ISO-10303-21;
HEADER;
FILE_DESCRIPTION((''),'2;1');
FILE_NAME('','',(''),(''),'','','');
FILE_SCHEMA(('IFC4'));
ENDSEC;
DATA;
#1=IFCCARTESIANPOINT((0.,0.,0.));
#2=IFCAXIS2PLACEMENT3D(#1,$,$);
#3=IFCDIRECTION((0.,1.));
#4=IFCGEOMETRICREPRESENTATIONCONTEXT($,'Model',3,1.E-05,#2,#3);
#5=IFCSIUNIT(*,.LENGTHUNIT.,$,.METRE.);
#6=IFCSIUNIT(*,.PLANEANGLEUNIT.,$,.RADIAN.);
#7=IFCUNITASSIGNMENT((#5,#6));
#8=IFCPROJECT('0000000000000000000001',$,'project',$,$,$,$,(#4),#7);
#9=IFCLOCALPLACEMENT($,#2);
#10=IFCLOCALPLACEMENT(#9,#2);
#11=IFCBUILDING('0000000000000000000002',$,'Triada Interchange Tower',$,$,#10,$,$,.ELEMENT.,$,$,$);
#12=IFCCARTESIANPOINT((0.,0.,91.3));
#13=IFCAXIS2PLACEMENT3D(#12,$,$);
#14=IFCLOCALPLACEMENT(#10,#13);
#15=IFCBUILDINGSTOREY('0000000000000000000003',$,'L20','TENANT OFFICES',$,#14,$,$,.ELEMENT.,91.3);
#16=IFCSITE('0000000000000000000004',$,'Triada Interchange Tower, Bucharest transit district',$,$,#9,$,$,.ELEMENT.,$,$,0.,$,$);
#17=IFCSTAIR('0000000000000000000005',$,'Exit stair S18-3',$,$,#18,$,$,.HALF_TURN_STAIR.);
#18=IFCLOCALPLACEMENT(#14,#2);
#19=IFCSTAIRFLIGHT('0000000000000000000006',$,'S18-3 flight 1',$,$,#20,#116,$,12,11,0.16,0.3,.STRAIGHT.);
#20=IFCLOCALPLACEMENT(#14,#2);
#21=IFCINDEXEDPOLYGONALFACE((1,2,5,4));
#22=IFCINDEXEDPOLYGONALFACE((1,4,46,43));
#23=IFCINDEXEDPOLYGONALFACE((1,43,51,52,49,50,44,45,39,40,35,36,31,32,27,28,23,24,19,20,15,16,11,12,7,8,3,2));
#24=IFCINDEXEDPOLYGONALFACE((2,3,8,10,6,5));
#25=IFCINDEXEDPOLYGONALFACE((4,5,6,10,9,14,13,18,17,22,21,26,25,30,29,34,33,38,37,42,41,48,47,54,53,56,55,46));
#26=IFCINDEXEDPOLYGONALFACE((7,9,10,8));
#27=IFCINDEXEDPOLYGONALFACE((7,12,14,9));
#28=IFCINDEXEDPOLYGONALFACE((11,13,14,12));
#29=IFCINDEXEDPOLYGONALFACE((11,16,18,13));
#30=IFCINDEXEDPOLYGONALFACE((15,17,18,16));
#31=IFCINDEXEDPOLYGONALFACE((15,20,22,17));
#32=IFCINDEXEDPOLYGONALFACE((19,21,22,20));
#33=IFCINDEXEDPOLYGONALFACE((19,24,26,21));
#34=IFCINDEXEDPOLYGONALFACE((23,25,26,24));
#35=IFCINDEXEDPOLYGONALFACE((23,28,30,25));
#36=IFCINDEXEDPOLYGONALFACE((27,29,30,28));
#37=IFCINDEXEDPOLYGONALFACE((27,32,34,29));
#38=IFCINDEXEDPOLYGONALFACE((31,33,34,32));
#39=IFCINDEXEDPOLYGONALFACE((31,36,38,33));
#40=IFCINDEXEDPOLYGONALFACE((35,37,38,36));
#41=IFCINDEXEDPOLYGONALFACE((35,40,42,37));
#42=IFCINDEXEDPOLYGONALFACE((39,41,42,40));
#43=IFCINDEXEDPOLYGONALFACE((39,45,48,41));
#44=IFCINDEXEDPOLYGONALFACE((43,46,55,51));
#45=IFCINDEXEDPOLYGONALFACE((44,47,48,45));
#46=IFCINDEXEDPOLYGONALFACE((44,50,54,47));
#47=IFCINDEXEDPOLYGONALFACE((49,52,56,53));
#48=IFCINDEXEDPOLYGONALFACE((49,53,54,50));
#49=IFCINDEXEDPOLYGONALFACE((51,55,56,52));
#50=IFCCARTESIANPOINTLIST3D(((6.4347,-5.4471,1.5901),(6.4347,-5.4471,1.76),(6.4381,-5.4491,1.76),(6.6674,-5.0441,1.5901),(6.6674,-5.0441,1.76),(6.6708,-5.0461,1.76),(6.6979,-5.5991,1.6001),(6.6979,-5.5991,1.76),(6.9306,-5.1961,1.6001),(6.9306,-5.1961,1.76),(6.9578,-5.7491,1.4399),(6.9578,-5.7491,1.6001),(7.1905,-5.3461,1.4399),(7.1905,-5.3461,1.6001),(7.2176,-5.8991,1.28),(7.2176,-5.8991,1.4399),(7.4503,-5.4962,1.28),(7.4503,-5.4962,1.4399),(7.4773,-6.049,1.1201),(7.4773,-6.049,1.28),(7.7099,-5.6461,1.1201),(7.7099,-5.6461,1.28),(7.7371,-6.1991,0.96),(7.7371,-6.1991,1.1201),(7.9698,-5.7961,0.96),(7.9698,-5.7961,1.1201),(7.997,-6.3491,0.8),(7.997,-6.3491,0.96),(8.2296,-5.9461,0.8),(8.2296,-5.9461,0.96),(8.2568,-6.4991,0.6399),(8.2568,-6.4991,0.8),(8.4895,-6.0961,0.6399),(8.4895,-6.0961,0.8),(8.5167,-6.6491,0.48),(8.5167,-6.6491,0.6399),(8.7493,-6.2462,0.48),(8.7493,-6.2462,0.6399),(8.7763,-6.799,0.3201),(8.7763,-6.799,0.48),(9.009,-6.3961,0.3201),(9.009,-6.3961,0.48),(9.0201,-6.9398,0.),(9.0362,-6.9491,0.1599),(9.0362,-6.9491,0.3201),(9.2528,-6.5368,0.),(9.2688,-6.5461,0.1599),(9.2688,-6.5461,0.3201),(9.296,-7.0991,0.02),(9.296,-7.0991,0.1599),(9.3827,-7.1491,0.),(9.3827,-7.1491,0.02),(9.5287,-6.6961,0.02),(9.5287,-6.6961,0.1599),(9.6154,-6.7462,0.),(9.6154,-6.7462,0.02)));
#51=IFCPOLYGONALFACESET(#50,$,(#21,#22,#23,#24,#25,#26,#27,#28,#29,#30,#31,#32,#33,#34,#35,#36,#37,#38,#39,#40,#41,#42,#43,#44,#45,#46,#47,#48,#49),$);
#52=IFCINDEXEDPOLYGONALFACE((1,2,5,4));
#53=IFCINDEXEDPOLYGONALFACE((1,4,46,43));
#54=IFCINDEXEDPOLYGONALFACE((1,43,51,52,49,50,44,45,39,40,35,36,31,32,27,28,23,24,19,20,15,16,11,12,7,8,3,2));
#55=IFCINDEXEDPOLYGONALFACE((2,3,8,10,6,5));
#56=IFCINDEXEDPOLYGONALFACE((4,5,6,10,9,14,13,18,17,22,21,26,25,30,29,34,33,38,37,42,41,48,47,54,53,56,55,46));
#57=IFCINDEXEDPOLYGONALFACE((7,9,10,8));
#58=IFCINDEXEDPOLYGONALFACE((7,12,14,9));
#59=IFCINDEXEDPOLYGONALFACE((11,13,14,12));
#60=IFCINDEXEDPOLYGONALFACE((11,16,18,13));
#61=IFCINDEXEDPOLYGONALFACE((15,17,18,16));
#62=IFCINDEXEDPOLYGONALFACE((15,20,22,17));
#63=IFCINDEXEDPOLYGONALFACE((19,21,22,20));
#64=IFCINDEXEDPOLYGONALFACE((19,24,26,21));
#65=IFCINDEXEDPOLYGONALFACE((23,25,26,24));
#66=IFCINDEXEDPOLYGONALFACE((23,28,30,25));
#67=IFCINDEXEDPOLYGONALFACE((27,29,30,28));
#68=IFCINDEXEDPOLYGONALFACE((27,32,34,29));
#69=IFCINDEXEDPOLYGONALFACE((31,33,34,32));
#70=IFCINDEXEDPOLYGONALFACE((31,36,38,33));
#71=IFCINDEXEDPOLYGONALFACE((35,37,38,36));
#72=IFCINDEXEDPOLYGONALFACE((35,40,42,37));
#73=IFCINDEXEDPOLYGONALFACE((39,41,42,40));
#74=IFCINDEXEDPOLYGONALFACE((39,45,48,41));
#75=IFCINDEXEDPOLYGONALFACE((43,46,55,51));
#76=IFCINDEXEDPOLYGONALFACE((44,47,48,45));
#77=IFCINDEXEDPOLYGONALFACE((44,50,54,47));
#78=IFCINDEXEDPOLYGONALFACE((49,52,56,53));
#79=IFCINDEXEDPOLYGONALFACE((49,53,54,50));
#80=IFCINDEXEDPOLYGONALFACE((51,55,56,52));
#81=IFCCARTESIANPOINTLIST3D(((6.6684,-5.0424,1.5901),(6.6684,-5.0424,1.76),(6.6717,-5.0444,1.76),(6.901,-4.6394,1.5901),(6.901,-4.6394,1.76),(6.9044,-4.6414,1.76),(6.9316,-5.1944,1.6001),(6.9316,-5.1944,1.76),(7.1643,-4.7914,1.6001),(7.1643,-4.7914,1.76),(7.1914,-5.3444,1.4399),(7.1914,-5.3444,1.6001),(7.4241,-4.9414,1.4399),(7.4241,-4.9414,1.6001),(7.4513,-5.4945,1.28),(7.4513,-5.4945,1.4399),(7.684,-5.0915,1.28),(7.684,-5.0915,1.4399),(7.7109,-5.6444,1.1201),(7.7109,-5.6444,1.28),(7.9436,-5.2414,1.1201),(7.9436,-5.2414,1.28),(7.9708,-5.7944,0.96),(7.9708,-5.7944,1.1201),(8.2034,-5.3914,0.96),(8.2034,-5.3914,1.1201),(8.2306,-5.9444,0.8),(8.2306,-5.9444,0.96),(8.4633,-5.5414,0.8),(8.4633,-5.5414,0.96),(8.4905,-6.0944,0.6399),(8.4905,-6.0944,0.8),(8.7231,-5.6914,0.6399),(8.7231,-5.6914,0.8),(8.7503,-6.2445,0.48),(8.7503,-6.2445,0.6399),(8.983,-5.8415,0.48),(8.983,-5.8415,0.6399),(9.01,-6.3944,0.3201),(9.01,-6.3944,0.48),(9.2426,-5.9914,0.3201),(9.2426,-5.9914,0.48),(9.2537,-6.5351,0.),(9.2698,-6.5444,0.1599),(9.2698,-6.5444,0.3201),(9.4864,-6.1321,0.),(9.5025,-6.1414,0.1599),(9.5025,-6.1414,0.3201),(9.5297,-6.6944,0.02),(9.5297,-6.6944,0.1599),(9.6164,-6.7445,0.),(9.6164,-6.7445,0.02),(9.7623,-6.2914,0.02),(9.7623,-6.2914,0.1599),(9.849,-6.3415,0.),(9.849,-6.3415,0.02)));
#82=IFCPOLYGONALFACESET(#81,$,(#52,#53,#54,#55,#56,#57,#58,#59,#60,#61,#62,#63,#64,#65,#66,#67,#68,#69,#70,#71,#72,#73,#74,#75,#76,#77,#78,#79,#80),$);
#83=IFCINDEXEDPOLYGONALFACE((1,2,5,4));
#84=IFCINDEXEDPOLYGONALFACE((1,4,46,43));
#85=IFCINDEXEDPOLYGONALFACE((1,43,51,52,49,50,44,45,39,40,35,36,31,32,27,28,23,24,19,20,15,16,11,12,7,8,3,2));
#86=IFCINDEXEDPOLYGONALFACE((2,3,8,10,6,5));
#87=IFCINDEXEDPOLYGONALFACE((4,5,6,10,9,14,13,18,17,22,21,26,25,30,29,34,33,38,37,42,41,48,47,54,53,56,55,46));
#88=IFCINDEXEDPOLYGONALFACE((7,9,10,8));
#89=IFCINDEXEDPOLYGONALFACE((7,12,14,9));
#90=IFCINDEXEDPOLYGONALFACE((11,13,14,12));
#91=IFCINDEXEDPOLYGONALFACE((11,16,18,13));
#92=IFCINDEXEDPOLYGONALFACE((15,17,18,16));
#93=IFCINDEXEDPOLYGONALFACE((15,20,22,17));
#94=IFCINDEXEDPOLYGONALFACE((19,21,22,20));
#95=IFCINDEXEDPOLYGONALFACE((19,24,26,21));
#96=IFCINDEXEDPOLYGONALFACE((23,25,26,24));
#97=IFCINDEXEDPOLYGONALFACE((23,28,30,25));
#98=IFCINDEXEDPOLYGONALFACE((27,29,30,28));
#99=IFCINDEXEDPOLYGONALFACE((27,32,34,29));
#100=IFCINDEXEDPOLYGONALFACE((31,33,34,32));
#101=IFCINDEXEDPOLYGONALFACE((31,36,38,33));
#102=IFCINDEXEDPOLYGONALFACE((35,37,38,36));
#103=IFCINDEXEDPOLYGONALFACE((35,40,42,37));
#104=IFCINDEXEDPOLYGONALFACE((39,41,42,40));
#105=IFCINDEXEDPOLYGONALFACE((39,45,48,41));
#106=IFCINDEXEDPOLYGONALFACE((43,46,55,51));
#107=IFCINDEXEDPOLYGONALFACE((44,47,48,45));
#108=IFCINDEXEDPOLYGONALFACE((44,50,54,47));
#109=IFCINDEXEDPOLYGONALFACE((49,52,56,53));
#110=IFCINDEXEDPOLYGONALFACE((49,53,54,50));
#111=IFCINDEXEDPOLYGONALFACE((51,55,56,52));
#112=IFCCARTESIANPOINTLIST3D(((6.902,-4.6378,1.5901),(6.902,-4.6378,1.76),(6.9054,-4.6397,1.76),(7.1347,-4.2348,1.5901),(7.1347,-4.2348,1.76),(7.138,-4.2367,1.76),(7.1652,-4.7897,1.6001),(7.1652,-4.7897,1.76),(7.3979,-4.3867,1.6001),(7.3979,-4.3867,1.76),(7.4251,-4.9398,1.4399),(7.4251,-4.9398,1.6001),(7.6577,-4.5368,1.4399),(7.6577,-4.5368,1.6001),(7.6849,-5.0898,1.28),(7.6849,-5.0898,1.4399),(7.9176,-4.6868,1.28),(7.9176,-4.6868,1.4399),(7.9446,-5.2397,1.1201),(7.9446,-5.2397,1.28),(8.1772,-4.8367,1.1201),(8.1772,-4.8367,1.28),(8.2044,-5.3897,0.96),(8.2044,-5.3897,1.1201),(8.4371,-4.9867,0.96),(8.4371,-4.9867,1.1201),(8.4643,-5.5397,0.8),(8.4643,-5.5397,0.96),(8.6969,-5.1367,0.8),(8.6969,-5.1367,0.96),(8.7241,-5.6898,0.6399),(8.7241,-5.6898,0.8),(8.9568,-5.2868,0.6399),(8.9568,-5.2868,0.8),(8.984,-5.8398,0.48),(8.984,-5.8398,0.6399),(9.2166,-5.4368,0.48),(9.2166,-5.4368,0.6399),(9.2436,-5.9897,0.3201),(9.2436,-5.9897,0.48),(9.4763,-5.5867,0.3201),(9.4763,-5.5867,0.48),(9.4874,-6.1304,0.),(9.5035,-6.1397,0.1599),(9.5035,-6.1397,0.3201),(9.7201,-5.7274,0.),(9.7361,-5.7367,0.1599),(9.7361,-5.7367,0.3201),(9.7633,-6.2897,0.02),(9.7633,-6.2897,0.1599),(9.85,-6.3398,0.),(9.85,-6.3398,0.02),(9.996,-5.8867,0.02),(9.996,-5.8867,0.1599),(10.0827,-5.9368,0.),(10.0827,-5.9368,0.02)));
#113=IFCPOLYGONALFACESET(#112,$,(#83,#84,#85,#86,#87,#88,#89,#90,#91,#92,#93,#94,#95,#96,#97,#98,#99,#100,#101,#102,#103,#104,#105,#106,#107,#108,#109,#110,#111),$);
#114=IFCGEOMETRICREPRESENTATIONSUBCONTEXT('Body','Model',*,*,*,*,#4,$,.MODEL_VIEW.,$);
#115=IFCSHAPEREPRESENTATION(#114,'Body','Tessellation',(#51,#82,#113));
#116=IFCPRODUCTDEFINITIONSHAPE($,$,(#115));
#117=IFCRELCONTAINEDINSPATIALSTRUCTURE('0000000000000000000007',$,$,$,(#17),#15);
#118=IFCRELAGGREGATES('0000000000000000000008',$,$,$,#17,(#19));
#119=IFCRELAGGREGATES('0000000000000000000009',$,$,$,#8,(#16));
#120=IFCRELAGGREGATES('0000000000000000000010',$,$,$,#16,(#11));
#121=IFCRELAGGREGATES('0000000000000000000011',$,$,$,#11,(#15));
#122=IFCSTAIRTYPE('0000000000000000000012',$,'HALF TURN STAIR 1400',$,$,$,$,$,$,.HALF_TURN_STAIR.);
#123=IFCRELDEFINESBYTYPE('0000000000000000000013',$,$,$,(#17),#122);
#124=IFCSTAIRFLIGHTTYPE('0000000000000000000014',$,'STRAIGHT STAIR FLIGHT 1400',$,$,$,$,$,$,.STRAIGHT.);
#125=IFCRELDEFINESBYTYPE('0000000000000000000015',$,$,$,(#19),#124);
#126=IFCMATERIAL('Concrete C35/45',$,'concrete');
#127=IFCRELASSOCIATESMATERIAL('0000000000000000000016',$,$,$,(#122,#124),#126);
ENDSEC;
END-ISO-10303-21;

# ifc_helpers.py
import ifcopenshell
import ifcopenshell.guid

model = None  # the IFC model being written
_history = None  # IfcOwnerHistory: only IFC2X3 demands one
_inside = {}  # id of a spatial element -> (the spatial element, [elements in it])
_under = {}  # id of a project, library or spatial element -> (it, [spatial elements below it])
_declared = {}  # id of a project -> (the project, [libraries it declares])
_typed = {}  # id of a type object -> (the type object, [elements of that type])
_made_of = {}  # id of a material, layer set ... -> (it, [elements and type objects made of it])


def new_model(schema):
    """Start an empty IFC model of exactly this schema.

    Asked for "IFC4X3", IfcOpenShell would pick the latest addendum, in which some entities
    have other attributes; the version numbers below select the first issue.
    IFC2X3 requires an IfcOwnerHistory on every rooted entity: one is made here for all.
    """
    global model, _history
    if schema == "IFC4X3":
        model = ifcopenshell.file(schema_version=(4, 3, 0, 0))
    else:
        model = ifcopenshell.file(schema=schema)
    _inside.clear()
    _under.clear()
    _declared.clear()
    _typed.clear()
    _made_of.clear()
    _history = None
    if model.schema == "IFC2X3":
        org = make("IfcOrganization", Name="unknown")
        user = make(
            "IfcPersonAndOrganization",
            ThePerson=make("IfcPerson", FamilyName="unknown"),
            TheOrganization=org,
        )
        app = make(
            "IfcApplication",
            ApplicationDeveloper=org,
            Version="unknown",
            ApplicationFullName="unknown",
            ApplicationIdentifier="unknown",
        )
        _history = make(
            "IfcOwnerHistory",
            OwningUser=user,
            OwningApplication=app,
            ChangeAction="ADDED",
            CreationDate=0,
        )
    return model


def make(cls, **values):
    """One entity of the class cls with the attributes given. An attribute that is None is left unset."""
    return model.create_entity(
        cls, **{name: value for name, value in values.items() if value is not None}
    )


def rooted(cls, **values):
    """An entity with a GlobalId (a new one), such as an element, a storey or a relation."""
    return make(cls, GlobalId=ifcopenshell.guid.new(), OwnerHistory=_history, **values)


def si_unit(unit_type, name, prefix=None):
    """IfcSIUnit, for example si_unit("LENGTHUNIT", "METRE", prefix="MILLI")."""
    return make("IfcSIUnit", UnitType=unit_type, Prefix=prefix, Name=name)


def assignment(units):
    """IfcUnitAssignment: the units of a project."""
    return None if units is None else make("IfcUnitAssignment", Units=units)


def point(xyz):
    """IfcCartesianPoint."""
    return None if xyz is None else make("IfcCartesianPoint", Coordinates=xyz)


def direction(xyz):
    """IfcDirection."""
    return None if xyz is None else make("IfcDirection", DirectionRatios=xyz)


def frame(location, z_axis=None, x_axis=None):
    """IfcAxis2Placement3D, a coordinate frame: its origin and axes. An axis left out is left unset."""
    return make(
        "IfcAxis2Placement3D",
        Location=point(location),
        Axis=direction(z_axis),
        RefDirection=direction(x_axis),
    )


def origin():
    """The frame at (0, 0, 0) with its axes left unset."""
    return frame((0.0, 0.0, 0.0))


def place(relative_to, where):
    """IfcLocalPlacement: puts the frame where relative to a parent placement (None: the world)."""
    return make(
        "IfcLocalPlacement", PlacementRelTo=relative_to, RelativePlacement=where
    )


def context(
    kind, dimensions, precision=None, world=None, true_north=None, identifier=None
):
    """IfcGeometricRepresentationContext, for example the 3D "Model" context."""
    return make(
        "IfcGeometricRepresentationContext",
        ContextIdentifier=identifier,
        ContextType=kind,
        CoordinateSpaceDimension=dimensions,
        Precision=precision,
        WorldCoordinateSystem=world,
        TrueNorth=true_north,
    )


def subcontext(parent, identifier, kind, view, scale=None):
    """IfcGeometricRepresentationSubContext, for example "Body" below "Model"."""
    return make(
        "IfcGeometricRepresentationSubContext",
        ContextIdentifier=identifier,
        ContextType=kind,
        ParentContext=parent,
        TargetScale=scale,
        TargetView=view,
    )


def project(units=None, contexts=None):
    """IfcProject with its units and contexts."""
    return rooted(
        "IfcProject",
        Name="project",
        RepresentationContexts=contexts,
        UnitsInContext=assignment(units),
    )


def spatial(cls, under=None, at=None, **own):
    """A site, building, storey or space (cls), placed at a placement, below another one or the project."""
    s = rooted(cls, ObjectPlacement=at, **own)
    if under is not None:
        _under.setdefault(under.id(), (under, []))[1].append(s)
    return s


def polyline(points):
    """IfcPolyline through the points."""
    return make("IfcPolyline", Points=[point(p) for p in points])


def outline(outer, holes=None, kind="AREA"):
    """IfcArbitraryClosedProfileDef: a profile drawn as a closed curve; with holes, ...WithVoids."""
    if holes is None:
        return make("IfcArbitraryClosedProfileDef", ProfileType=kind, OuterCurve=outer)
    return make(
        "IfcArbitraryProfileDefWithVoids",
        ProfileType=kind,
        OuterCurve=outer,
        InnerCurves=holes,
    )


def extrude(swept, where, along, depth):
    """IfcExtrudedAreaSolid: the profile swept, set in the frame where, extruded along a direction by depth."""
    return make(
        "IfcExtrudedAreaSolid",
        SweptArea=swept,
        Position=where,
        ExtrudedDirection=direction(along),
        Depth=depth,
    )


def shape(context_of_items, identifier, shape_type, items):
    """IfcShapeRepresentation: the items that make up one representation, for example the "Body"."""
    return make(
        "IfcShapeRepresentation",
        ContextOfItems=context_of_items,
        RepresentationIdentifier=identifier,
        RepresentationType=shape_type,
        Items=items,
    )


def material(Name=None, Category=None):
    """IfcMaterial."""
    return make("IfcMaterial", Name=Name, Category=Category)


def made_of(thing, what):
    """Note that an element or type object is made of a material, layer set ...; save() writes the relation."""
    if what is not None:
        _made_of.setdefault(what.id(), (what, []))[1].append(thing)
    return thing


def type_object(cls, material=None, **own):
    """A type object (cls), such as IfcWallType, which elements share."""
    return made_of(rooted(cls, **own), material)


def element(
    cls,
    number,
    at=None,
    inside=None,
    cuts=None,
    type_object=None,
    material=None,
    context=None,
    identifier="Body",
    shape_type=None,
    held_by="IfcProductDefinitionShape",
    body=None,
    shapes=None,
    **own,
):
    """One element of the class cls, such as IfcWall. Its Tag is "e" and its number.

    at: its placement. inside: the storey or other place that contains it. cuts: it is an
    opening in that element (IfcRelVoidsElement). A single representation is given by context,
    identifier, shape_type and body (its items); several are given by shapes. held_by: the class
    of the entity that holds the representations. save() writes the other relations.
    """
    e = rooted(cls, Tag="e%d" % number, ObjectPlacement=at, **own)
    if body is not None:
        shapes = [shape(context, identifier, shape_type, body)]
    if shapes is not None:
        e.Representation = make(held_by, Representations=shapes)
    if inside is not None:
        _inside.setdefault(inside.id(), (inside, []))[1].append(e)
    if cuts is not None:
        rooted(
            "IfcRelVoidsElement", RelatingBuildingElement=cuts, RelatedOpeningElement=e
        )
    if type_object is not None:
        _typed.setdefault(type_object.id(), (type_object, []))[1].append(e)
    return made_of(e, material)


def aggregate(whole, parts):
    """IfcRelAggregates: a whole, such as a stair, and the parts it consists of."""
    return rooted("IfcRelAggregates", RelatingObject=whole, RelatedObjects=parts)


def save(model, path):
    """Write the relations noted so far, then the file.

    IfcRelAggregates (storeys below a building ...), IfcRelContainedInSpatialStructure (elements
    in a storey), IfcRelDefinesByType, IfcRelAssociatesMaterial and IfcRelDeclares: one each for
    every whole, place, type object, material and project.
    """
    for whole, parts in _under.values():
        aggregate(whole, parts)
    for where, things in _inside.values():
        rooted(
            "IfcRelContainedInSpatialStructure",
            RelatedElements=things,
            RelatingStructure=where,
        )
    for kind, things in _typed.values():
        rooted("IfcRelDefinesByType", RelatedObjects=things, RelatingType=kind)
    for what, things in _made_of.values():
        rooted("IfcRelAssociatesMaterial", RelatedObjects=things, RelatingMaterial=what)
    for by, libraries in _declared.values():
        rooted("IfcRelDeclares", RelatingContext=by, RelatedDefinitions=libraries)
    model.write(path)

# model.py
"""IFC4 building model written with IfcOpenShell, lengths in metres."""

from ifc_helpers import new_model, si_unit, direction, frame, origin, place, context, subcontext, project, spatial, polyline, outline, extrude, material, type_object, element, aggregate, save


model = new_model("IFC4")

# Units and contexts
model_context = context("Model", 3, precision=1e-05, world=origin(), true_north=direction((0.0, 1.0)))
body_context = subcontext(model_context, "Body", "Model", "MODEL_VIEW")
ifc_project = project(units=[si_unit("LENGTHUNIT", "METRE"), si_unit("PLANEANGLEUNIT", "RADIAN")], contexts=[model_context])

# Site, building, storey
site_placement = place(None, origin())
site = spatial("IfcSite", under=ifc_project, at=site_placement, Name="Triada Interchange Tower, Bucharest transit district", CompositionType="ELEMENT", RefElevation=0.0)
building_placement = place(site_placement, origin())
building = spatial("IfcBuilding", under=site, at=building_placement, Name="Triada Interchange Tower", CompositionType="ELEMENT")
storey_placement = place(building_placement, frame((0.0, 0.0, 91.3)))
storey = spatial("IfcBuildingStorey", under=building, at=storey_placement, Name="L20", Description="TENANT OFFICES", CompositionType="ELEMENT", Elevation=91.3)

# Stair, stair flight
ifc_material_1 = material(Name="Concrete C35/45", Category="concrete")
stair_type = type_object("IfcStairType", Name="HALF TURN STAIR 1400", PredefinedType="HALF_TURN_STAIR", material=ifc_material_1)
stair_placement = place(storey_placement, origin())
stair = element("IfcStair", 1, at=stair_placement, inside=storey, type_object=stair_type, Name="Exit stair S18-3", PredefinedType="HALF_TURN_STAIR")
stair_flight_type = type_object("IfcStairFlightType", Name="STRAIGHT STAIR FLIGHT 1400", PredefinedType="STRAIGHT", material=ifc_material_1)
stair_flight_1_placement = place(storey_placement, frame((9.646, -6.4929, 0.0), z_axis=(0.0, 0.0, 1.0), x_axis=(-0.866025, 0.5, 0.0)))
stair_flight_1 = element("IfcStairFlight", 2, at=stair_flight_1_placement, type_object=stair_flight_type, Name="S18-3 flight 1", NumberOfRisers=12, NumberOfTreads=11, PredefinedType="STRAIGHT", RiserHeight=0.16, TreadLength=0.3, context=body_context, shape_type="SweptSolid", body=[
    extrude(outline(polyline([(-0.1001, 0.0), (-0.1001, 0.02), (0.0, 0.02), (0.0, 0.1599), (0.3, 0.1599), (0.3, 0.3201), (0.6001, 0.3201), (0.6001, 0.48), (0.8999, 0.48), (0.8999, 0.6399), (1.2, 0.6399), (1.2, 0.8), (1.5, 0.8), (1.5, 0.96), (1.8, 0.96), (1.8, 1.1201), (2.1001, 1.1201), (2.1001, 1.28), (2.3999, 1.28), (2.3999, 1.4399), (2.7, 1.4399), (2.7, 1.6001), (3.0, 1.6001), (3.0, 1.76), (3.3, 1.76), (3.304, 1.76), (3.304, 1.9199), (3.304, 1.5901), (0.3186, 0.0), (-0.1001, 0.0)])), frame((0.0, 0.7, 0.0), z_axis=(0.0, -1.0, 0.0), x_axis=(1.0, 0.0, 0.0)), (0.0, 0.0, 1.0), 0.4653),
    extrude(outline(polyline([(-0.1001, 0.0), (-0.1001, 0.02), (0.0, 0.02), (0.0, 0.1599), (0.3, 0.1599), (0.3, 0.3201), (0.6001, 0.3201), (0.6001, 0.48), (0.8999, 0.48), (0.8999, 0.6399), (1.2, 0.6399), (1.2, 0.8), (1.5, 0.8), (1.5, 0.96), (1.8, 0.96), (1.8, 1.1201), (2.1001, 1.1201), (2.1001, 1.28), (2.3999, 1.28), (2.3999, 1.4399), (2.7, 1.4399), (2.7, 1.6001), (3.0, 1.6001), (3.0, 1.76), (3.3, 1.76), (3.304, 1.76), (3.304, 1.9199), (3.304, 1.5901), (0.3186, 0.0), (-0.1001, 0.0)])), frame((0.0, 0.2327, 0.0), z_axis=(0.0, -1.0, 0.0), x_axis=(1.0, 0.0, 0.0)), (0.0, 0.0, 1.0), 0.4653),
    extrude(outline(polyline([(-0.1001, 0.0), (-0.1001, 0.02), (0.0, 0.02), (0.0, 0.1599), (0.3, 0.1599), (0.3, 0.3201), (0.6001, 0.3201), (0.6001, 0.48), (0.8999, 0.48), (0.8999, 0.6399), (1.2, 0.6399), (1.2, 0.8), (1.5, 0.8), (1.5, 0.96), (1.8, 0.96), (1.8, 1.1201), (2.1001, 1.1201), (2.1001, 1.28), (2.3999, 1.28), (2.3999, 1.4399), (2.7, 1.4399), (2.7, 1.6001), (3.0, 1.6001), (3.0, 1.76), (3.3, 1.76), (3.304, 1.76), (3.304, 1.9199), (3.304, 1.5901), (0.3186, 0.0), (-0.1001, 0.0)])), frame((0.0, -0.2346, 0.0), z_axis=(0.0, -1.0, 0.0), x_axis=(1.0, 0.0, 0.0)), (0.0, 0.0, 1.0), 0.4653),
])

aggregate(stair, [stair_flight_1])

save(model, "model.ifc")
